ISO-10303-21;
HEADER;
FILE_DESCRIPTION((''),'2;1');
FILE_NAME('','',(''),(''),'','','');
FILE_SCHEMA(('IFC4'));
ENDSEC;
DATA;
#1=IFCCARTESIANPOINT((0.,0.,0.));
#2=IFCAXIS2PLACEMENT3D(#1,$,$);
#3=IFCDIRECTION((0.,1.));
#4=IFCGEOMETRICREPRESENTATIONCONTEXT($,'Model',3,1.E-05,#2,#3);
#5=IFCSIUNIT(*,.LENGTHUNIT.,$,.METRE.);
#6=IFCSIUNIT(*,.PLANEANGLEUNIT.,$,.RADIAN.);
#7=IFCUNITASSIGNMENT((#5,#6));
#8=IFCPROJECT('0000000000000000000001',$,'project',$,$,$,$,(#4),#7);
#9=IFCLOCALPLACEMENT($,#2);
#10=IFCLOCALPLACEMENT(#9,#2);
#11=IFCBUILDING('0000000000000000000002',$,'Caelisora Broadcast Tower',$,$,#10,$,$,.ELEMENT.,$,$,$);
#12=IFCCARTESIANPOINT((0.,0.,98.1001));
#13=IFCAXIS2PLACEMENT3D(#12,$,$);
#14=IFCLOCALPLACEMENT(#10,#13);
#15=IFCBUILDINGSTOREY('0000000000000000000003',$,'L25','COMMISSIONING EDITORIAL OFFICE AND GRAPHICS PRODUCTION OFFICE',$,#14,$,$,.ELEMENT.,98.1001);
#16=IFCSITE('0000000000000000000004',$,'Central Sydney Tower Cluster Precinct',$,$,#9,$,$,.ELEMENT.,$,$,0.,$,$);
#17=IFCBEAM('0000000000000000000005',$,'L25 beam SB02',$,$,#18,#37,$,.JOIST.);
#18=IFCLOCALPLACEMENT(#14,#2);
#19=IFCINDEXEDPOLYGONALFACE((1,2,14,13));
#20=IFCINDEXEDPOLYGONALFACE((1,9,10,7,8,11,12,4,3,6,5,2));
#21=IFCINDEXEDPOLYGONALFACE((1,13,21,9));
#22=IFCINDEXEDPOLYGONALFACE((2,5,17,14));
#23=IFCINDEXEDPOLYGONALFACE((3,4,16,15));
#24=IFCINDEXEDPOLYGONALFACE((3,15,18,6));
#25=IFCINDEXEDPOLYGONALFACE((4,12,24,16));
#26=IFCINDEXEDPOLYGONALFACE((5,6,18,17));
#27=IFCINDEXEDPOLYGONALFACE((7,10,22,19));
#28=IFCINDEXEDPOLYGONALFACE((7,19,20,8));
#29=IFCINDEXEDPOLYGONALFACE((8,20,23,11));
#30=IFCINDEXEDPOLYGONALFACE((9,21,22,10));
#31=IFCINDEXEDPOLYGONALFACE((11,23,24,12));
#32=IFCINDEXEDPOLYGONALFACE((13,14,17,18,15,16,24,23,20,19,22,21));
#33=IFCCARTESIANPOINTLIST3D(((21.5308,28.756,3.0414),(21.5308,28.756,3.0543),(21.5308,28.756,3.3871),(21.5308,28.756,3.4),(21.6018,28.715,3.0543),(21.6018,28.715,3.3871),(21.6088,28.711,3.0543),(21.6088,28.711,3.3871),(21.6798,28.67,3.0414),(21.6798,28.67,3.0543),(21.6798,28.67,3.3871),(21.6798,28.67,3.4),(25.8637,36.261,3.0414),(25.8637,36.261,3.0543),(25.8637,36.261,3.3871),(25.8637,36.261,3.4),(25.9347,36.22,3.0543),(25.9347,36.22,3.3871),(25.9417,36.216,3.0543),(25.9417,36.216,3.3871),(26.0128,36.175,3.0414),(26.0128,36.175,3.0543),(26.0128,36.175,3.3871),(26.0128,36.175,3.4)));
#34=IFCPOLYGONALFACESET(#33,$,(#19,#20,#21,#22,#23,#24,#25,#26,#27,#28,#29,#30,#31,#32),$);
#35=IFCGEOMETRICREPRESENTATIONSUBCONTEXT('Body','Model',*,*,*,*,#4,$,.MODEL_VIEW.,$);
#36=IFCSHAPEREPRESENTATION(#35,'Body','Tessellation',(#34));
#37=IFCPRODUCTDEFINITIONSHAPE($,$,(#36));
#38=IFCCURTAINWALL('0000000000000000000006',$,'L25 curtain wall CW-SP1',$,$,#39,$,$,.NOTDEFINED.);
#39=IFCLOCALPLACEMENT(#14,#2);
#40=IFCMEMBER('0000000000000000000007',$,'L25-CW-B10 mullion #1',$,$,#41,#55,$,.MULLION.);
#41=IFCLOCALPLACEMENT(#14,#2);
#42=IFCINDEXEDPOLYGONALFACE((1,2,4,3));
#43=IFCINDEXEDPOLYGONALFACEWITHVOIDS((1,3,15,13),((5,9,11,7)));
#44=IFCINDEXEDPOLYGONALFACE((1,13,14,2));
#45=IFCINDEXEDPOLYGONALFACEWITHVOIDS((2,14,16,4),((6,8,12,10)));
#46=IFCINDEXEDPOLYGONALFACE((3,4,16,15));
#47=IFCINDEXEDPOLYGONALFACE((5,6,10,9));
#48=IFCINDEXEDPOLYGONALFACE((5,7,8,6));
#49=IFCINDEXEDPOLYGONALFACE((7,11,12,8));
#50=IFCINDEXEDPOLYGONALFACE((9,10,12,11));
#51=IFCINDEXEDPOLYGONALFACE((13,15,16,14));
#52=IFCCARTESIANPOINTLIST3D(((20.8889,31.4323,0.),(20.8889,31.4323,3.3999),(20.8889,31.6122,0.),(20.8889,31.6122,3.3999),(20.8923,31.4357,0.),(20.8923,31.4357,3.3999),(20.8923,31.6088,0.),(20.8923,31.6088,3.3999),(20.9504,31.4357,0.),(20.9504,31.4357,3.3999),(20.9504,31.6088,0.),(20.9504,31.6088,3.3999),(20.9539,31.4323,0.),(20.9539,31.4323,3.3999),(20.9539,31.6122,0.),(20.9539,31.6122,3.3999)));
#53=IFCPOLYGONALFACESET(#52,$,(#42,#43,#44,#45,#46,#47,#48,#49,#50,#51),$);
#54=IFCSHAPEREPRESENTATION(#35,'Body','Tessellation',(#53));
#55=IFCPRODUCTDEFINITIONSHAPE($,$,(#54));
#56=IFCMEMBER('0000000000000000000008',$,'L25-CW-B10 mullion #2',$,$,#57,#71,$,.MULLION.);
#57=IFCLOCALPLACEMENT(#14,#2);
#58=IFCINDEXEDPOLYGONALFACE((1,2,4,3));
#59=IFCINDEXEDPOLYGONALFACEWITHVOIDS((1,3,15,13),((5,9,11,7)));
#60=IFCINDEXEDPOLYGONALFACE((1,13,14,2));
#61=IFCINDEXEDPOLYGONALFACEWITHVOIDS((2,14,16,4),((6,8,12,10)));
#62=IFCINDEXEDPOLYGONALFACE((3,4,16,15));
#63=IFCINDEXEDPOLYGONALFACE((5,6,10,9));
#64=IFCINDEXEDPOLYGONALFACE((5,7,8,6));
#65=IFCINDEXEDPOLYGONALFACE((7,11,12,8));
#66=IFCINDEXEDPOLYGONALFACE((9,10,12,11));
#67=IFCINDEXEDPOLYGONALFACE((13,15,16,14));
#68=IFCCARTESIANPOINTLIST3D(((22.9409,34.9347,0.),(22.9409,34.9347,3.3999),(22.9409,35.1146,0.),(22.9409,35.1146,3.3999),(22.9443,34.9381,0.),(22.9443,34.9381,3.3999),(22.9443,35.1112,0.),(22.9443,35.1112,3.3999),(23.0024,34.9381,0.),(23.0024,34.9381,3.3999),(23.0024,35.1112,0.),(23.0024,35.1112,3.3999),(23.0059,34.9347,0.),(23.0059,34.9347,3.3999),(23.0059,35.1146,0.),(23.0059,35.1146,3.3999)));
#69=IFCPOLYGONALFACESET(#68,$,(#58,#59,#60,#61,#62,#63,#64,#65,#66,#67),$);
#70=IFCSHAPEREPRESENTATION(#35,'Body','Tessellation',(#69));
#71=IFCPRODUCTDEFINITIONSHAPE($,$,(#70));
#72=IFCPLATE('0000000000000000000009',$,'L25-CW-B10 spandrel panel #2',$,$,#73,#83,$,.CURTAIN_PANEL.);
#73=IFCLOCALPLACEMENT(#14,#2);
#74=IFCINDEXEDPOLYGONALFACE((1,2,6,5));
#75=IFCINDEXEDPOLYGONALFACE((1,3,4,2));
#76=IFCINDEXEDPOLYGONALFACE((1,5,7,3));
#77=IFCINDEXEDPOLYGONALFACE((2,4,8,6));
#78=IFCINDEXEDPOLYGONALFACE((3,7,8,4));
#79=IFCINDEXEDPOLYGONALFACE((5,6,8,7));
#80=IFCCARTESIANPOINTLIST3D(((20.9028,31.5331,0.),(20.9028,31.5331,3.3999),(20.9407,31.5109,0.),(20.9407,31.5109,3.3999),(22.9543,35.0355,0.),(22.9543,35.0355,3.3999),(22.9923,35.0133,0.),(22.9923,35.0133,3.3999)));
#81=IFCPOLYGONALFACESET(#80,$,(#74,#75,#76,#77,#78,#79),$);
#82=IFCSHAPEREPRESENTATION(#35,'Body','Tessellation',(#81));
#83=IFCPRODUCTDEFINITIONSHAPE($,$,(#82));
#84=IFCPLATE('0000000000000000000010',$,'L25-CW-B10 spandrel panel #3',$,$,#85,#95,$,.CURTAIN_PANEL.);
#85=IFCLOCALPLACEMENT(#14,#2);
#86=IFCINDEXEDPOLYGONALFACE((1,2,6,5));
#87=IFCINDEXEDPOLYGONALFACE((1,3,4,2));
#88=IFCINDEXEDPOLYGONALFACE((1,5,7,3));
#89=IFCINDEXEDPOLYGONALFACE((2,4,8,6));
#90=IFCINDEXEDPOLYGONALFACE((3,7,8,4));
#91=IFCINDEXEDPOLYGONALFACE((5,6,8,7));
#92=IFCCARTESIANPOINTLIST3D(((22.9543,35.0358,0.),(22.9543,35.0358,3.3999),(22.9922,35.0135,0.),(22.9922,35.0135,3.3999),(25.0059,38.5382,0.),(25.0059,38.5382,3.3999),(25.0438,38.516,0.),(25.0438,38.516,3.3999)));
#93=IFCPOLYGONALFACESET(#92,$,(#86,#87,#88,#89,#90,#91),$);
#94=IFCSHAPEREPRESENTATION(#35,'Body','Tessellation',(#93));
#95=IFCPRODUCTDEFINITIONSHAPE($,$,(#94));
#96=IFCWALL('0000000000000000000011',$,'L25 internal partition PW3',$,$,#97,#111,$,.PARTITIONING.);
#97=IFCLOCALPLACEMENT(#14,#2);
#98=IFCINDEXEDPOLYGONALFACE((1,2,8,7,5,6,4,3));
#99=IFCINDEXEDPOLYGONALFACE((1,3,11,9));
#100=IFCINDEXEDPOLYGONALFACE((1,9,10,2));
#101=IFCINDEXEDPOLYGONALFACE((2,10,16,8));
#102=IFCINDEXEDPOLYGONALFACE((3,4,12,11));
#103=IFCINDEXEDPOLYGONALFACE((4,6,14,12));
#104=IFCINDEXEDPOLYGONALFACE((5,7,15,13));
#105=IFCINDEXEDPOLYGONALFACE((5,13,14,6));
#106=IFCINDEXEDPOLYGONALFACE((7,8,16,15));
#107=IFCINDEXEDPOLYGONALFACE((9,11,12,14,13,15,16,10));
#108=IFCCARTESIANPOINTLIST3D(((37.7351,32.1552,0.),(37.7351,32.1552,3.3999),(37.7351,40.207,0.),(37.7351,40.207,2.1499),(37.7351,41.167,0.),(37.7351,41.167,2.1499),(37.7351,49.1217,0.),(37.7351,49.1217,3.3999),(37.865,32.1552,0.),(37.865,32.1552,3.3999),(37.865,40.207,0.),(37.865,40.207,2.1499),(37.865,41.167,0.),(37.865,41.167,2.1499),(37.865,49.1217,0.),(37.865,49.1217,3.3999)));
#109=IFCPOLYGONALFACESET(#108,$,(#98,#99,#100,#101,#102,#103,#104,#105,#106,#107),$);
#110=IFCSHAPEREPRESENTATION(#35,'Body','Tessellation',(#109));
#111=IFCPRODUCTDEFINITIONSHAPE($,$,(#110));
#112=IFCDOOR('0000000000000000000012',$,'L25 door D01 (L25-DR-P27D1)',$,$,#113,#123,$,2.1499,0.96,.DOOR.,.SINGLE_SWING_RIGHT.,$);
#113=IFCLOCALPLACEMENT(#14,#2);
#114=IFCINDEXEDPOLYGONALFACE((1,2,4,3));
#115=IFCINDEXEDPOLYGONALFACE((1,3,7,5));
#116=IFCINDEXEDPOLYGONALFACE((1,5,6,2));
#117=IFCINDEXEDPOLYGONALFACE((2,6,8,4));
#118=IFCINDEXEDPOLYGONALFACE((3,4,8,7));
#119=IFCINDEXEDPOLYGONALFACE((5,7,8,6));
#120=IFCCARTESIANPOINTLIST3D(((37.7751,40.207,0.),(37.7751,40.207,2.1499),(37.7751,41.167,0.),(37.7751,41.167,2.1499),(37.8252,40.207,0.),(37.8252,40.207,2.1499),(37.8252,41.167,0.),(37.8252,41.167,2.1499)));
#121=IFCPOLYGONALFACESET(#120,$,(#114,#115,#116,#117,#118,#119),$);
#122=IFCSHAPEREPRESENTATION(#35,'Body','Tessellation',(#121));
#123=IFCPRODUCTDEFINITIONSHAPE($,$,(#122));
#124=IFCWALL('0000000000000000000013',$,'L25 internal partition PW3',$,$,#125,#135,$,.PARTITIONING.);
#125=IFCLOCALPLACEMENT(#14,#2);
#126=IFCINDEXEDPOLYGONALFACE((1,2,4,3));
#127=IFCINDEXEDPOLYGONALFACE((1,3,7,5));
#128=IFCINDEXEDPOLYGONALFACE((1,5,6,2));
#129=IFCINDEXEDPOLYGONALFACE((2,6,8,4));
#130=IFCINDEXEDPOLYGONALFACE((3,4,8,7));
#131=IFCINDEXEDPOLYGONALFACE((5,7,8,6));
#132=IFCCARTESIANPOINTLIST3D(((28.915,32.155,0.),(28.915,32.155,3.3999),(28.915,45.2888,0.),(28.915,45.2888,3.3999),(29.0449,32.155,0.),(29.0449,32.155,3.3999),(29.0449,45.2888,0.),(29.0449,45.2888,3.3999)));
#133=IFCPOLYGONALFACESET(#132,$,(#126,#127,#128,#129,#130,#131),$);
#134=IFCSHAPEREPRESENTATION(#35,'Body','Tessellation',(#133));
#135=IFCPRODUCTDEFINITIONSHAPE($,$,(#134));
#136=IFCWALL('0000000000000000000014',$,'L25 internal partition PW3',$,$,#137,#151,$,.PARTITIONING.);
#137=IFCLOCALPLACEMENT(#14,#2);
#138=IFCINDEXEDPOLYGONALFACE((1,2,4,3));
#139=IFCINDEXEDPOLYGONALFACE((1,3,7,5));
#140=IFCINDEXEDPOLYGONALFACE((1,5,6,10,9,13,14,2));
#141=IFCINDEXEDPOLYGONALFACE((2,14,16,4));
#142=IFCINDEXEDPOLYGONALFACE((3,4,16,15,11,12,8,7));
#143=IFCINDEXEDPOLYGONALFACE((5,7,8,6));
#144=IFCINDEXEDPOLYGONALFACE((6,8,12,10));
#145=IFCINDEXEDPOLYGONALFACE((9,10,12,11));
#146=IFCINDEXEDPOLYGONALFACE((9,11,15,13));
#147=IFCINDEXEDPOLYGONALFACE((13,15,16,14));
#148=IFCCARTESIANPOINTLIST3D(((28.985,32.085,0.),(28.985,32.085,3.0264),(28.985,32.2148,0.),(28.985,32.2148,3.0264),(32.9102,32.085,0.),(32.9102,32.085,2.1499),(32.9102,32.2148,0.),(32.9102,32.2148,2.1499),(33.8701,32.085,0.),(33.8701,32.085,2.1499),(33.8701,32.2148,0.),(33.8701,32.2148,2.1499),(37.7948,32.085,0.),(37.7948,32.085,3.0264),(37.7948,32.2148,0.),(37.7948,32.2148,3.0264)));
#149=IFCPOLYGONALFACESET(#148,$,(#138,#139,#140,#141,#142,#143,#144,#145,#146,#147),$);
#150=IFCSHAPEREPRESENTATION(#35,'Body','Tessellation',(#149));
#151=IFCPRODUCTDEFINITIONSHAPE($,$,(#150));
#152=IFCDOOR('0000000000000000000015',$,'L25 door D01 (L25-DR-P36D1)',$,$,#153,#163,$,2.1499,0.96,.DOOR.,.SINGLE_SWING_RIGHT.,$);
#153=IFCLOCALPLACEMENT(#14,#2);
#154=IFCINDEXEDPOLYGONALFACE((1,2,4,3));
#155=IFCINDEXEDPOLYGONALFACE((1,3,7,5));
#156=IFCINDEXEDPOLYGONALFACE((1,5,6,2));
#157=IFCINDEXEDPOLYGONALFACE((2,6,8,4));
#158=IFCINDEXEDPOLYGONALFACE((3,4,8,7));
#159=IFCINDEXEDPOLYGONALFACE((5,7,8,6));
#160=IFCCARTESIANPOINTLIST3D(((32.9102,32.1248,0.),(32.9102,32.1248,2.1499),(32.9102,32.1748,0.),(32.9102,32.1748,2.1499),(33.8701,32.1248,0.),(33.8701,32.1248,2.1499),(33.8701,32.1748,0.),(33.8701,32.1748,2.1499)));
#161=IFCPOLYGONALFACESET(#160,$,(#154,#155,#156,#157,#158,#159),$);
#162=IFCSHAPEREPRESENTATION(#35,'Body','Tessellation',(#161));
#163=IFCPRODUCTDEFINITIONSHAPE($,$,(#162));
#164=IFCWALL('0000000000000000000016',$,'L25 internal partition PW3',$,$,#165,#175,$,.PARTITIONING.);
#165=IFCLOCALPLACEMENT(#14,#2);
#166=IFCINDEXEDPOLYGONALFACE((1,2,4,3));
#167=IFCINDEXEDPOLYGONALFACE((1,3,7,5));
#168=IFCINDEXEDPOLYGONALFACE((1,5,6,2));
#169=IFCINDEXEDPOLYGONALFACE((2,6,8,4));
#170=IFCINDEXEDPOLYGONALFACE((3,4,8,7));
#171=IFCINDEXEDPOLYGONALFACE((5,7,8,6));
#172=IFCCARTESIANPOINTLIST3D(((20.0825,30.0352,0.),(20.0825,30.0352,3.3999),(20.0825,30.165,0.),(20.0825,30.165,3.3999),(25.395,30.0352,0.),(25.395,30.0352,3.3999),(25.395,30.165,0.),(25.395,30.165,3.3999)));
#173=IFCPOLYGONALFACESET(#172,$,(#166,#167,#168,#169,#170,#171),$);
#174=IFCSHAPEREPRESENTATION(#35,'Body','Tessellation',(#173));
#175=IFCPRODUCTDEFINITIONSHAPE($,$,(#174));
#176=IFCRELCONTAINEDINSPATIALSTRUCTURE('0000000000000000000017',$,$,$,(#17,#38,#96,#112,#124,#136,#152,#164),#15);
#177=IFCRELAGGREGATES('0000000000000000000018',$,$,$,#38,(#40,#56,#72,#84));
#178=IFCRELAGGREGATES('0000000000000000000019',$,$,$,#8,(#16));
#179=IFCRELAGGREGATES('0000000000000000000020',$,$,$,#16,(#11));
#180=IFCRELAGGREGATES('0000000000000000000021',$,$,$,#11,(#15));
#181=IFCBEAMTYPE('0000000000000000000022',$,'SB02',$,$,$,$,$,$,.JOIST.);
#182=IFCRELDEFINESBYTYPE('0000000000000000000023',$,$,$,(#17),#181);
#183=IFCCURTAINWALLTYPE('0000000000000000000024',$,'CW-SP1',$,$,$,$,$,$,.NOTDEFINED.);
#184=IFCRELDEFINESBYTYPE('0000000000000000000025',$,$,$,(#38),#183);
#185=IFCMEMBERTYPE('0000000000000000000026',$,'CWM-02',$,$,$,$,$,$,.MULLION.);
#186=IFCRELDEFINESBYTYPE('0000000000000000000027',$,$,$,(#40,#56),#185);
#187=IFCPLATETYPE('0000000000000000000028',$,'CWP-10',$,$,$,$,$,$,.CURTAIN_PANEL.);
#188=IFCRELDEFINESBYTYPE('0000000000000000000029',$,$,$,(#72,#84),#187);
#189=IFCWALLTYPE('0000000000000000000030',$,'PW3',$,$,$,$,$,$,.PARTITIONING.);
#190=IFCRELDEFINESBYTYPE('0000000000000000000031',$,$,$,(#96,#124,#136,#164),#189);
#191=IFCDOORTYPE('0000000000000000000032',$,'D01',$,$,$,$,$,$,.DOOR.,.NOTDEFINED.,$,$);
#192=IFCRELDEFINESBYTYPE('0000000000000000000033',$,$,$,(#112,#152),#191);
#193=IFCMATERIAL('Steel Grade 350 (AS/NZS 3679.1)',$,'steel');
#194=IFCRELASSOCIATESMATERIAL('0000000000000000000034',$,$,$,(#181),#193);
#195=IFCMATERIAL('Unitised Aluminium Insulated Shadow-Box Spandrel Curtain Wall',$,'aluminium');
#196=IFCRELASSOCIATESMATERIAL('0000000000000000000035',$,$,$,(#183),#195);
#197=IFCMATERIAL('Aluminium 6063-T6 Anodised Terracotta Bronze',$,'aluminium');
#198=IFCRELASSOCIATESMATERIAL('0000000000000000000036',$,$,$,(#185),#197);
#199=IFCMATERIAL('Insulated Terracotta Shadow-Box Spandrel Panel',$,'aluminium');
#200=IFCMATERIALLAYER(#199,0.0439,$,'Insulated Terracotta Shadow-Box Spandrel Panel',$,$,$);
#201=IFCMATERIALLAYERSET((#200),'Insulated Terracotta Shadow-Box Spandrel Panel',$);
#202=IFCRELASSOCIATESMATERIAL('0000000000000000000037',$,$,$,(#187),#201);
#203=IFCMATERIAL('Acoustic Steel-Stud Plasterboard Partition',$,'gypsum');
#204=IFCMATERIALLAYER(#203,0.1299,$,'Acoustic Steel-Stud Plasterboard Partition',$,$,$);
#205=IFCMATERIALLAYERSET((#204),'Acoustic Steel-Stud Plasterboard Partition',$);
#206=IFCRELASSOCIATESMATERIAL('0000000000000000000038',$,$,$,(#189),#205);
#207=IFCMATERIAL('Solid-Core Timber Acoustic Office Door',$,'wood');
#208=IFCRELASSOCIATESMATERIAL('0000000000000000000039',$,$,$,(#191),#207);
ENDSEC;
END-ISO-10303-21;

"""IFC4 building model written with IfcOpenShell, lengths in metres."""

from ifc_helpers import new_model, si_unit, direction, frame, frame_2d, origin, origin_2d, place, context, subcontext, project, spatial, rectangle, hollow_rectangle, i_section, extrude, source, transform, mapped, material, layer, layer_set, material_profile, profile_set, type_object, type_shapes, element, fill, aggregate, save


model = new_model("IFC4")

# Units and contexts
model_context = context("Model", 3, precision=1e-05, world=origin(), true_north=direction((0.0, 1.0)))
body_context = subcontext(model_context, "Body", "Model", "MODEL_VIEW")
ifc_project = project(units=[si_unit("LENGTHUNIT", "METRE"), si_unit("PLANEANGLEUNIT", "RADIAN")], contexts=[model_context])

# Site, building, storey
site_placement = place(None, origin())
site = spatial("IfcSite", under=ifc_project, at=site_placement, Name="Central Sydney Tower Cluster Precinct", CompositionType="ELEMENT", RefElevation=0.0)
building_placement = place(site_placement, origin())
building = spatial("IfcBuilding", under=site, at=building_placement, Name="Caelisora Broadcast Tower", CompositionType="ELEMENT")
storey_placement = place(building_placement, frame((0.0, 0.0, 98.1001)))
storey = spatial("IfcBuildingStorey", under=building, at=storey_placement, Name="L25", Description="COMMISSIONING EDITORIAL OFFICE AND GRAPHICS PRODUCTION OFFICE", CompositionType="ELEMENT", Elevation=98.1001)

# Beam
ifc_material_1 = material(Name="Steel Grade 350 (AS/NZS 3679.1)", Category="steel")
ifc_material_profile_1 = material_profile(ifc_material_1, i_section(OverallWidth=0.1721, OverallDepth=0.3586, WebThickness=0.0081, FlangeThickness=0.0129, at=origin_2d()), Name="Steel Grade 350 (AS/NZS 3679.1)")
ifc_profile_set_1 = profile_set([ifc_material_profile_1], Name="Steel Grade 350 (AS/NZS 3679.1)")
beam_type_1 = type_object("IfcBeamType", Name="SB02", PredefinedType="JOIST", material=ifc_profile_set_1)
shared_shape_1 = source(origin(), body_context, "Body", "SweptSolid", [
    extrude(i_section(OverallWidth=0.1721, OverallDepth=0.3586, WebThickness=0.0081, FlangeThickness=0.0129, at=origin_2d()), origin(), (0.0, 0.0, 1.0), 8.666),
])
beam_1_placement = place(storey_placement, frame((25.9382, 36.218, 3.2207), z_axis=(-0.499993, -0.866029, 0.0), x_axis=(0.866029, -0.499993, 0.0)))
element("IfcBeam", 1, at=beam_1_placement, inside=storey, type_object=beam_type_1, Name="L25 beam SB02", PredefinedType="JOIST", context=body_context, shape_type="MappedRepresentation", body=[
    mapped(shared_shape_1, transform((0.0, 0.0, 0.0), scale=1.0)),
])

# Curtain wall, members, plates
ifc_material_2 = material(Name="Unitised Aluminium Insulated Shadow-Box Spandrel Curtain Wall", Category="aluminium")
curtain_wall_type = type_object("IfcCurtainWallType", Name="CW-SP1", PredefinedType="NOTDEFINED", material=ifc_material_2)
curtain_wall_placement = place(storey_placement, origin())
curtain_wall = element("IfcCurtainWall", 2, at=curtain_wall_placement, inside=storey, type_object=curtain_wall_type, Name="L25 curtain wall CW-SP1", PredefinedType="NOTDEFINED")
ifc_material_3 = material(Name="Aluminium 6063-T6 Anodised Terracotta Bronze", Category="aluminium")
ifc_material_profile_2 = material_profile(ifc_material_3, hollow_rectangle(XDim=0.0649, YDim=0.1799, WallThickness=0.0034, at=origin_2d()), Name="Aluminium 6063-T6 Anodised Terracotta Bronze")
ifc_profile_set_2 = profile_set([ifc_material_profile_2], Name="Aluminium 6063-T6 Anodised Terracotta Bronze")
member_type = type_object("IfcMemberType", Name="CWM-02", PredefinedType="MULLION", material=ifc_profile_set_2)
shared_shape_2 = source(origin(), body_context, "Body", "SweptSolid", [
    extrude(hollow_rectangle(XDim=0.0649, YDim=0.1799, WallThickness=0.0034, at=origin_2d()), origin(), (0.0, 0.0, 1.0), 3.3999),
])
type_shapes(member_type, [shared_shape_2])
member_1_placement = place(storey_placement, frame((20.9214, 31.5222, 0.0), z_axis=(0.0, 0.0, 1.0), x_axis=(1.0, 0.0, 0.0)))
member_1 = element("IfcMember", 3, at=member_1_placement, type_object=member_type, Name="L25-CW-B10 mullion #1", PredefinedType="MULLION", context=body_context, shape_type="MappedRepresentation", body=[
    mapped(shared_shape_2, transform((0.0, 0.0, 0.0), scale=1.0)),
])
member_2_placement = place(storey_placement, frame((22.9734, 35.0247, 0.0), z_axis=(0.0, 0.0, 1.0), x_axis=(1.0, 0.0, 0.0)))
member_2 = element("IfcMember", 4, at=member_2_placement, type_object=member_type, Name="L25-CW-B10 mullion #2", PredefinedType="MULLION", context=body_context, shape_type="MappedRepresentation", body=[
    mapped(shared_shape_2, transform((0.0, 0.0, 0.0), scale=1.0)),
])
ifc_material_4 = material(Name="Insulated Terracotta Shadow-Box Spandrel Panel", Category="aluminium")
ifc_layer_1 = layer(ifc_material_4, 0.0439, Name="Insulated Terracotta Shadow-Box Spandrel Panel")
ifc_layer_set_1 = layer_set([ifc_layer_1], Name="Insulated Terracotta Shadow-Box Spandrel Panel")
plate_type = type_object("IfcPlateType", Name="CWP-10", PredefinedType="CURTAIN_PANEL", material=ifc_layer_set_1)
shared_shape_3 = source(origin(), body_context, "Body", "SweptSolid", [
    extrude(rectangle(XDim=4.0591, YDim=0.0439, at=origin_2d()), origin(), (0.0, 0.0, 1.0), 3.3999),
])
type_shapes(plate_type, [shared_shape_3])
plate_1_placement = place(storey_placement, frame((21.9475, 33.2732, 0.0), z_axis=(0.0, 0.0, 1.0), x_axis=(0.505431, 0.862867, 0.0)))
plate_1 = element("IfcPlate", 5, at=plate_1_placement, type_object=plate_type, Name="L25-CW-B10 spandrel panel #2", PredefinedType="CURTAIN_PANEL", context=body_context, shape_type="MappedRepresentation", body=[
    mapped(shared_shape_3, transform((0.0, 0.0, 0.0), scale=1.0)),
])
plate_2_placement = place(storey_placement, frame((23.999, 36.7759, 0.0), z_axis=(0.0, 0.0, 1.0), x_axis=(0.505431, 0.862867, 0.0)))
plate_2 = element("IfcPlate", 6, at=plate_2_placement, type_object=plate_type, Name="L25-CW-B10 spandrel panel #3", PredefinedType="CURTAIN_PANEL", context=body_context, shape_type="MappedRepresentation", body=[
    mapped(shared_shape_3, transform((0.0, 0.0, 0.0), scale=1.0)),
])
aggregate(curtain_wall, [member_1, member_2, plate_1, plate_2])

# Wall, opening, door
ifc_material_5 = material(Name="Acoustic Steel-Stud Plasterboard Partition", Category="gypsum")
ifc_layer_2 = layer(ifc_material_5, 0.1299, Name="Acoustic Steel-Stud Plasterboard Partition")
ifc_layer_set_2 = layer_set([ifc_layer_2], Name="Acoustic Steel-Stud Plasterboard Partition")
wall_type = type_object("IfcWallType", Name="PW3", PredefinedType="PARTITIONING", material=ifc_layer_set_2)
wall_1_placement = place(storey_placement, frame((37.8, 32.155, 0.0), z_axis=(0.0, 0.0, 1.0), x_axis=(0.0, 1.0, 0.0)))
wall_1 = element("IfcWall", 7, at=wall_1_placement, inside=storey, type_object=wall_type, Name="L25 internal partition PW3", PredefinedType="PARTITIONING", context=body_context, shape_type="SweptSolid", body=[
    extrude(rectangle(XDim=16.9666, YDim=0.1299, at=frame_2d((8.4834, 0.0))), origin(), (0.0, 0.0, 1.0), 3.3999),
])
opening_1_placement = place(wall_1_placement, frame((8.052, 0.0, 0.0)))
opening_1 = element("IfcOpeningElement", 8, at=opening_1_placement, cuts=wall_1, PredefinedType="OPENING", context=body_context, shape_type="SweptSolid", body=[
    extrude(rectangle(XDim=0.96, YDim=2.1499, at=frame_2d((0.48, 1.075))), frame((0.0, 0.0769, 0.0), z_axis=(0.0, -1.0, 0.0), x_axis=(1.0, 0.0, 0.0)), (0.0, 0.0, 1.0), 0.1538),
])
ifc_material_6 = material(Name="Solid-Core Timber Acoustic Office Door", Category="wood")
door_type = type_object("IfcDoorType", Name="D01", OperationType="NOTDEFINED", PredefinedType="DOOR", material=ifc_material_6)
door_1_placement = place(opening_1_placement, origin())
door_1 = element("IfcDoor", 9, at=door_1_placement, inside=storey, type_object=door_type, Name="L25 door D01 (L25-DR-P27D1)", OperationType="SINGLE_SWING_RIGHT", OverallHeight=2.1499, OverallWidth=0.96, PredefinedType="DOOR", context=body_context, shape_type="SweptSolid", body=[
    extrude(rectangle(XDim=0.96, YDim=2.1499, at=frame_2d((0.48, 1.075))), frame((0.0, 0.0249, 0.0), z_axis=(0.0, -1.0, 0.0), x_axis=(1.0, 0.0, 0.0)), (0.0, 0.0, 1.0), 0.05),
])
fill(opening_1, door_1)

# Wall
wall_2_placement = place(storey_placement, frame((28.98, 32.155, 0.0), z_axis=(0.0, 0.0, 1.0), x_axis=(0.0, 1.0, 0.0)))
element("IfcWall", 10, at=wall_2_placement, inside=storey, type_object=wall_type, Name="L25 internal partition PW3", PredefinedType="PARTITIONING", context=body_context, shape_type="SweptSolid", body=[
    extrude(rectangle(XDim=13.1338, YDim=0.1299, at=frame_2d((6.5669, 0.0))), origin(), (0.0, 0.0, 1.0), 3.3999),
])

# Wall, opening, door
wall_3_placement = place(storey_placement, frame((28.9851, 32.1499, 0.0), z_axis=(0.0, 0.0, 1.0), x_axis=(1.0, 0.0, 0.0)))
wall_3 = element("IfcWall", 11, at=wall_3_placement, inside=storey, type_object=wall_type, Name="L25 internal partition PW3", PredefinedType="PARTITIONING", context=body_context, shape_type="SweptSolid", body=[
    extrude(rectangle(XDim=8.8098, YDim=0.1299, at=frame_2d((4.4048, 0.0))), origin(), (0.0, 0.0, 1.0), 3.0264),
])
opening_2_placement = place(wall_3_placement, frame((3.925, 0.0, 0.0)))
opening_2 = element("IfcOpeningElement", 12, at=opening_2_placement, cuts=wall_3, PredefinedType="OPENING", context=body_context, shape_type="SweptSolid", body=[
    extrude(rectangle(XDim=0.96, YDim=2.1499, at=frame_2d((0.48, 1.075))), frame((0.0, 0.0769, 0.0), z_axis=(0.0, -1.0, 0.0), x_axis=(1.0, 0.0, 0.0)), (0.0, 0.0, 1.0), 0.1538),
])
door_2_placement = place(opening_2_placement, origin())
door_2 = element("IfcDoor", 13, at=door_2_placement, inside=storey, type_object=door_type, Name="L25 door D01 (L25-DR-P36D1)", OperationType="SINGLE_SWING_RIGHT", OverallHeight=2.1499, OverallWidth=0.96, PredefinedType="DOOR", context=body_context, shape_type="SweptSolid", body=[
    extrude(rectangle(XDim=0.96, YDim=2.1499, at=frame_2d((0.48, 1.075))), frame((0.0, 0.0249, 0.0), z_axis=(0.0, -1.0, 0.0), x_axis=(1.0, 0.0, 0.0)), (0.0, 0.0, 1.0), 0.05),
])
fill(opening_2, door_2)

# Wall
wall_4_placement = place(storey_placement, frame((25.395, 30.1001, 0.0), z_axis=(0.0, 0.0, 1.0), x_axis=(-1.0, 0.0, 0.0)))
element("IfcWall", 14, at=wall_4_placement, inside=storey, type_object=wall_type, Name="L25 internal partition PW3", PredefinedType="PARTITIONING", context=body_context, shape_type="SweptSolid", body=[
    extrude(rectangle(XDim=5.3125, YDim=0.1299, at=frame_2d((2.6562, 0.0))), origin(), (0.0, 0.0, 1.0), 3.3999),
])

save(model, "model.ifc")
